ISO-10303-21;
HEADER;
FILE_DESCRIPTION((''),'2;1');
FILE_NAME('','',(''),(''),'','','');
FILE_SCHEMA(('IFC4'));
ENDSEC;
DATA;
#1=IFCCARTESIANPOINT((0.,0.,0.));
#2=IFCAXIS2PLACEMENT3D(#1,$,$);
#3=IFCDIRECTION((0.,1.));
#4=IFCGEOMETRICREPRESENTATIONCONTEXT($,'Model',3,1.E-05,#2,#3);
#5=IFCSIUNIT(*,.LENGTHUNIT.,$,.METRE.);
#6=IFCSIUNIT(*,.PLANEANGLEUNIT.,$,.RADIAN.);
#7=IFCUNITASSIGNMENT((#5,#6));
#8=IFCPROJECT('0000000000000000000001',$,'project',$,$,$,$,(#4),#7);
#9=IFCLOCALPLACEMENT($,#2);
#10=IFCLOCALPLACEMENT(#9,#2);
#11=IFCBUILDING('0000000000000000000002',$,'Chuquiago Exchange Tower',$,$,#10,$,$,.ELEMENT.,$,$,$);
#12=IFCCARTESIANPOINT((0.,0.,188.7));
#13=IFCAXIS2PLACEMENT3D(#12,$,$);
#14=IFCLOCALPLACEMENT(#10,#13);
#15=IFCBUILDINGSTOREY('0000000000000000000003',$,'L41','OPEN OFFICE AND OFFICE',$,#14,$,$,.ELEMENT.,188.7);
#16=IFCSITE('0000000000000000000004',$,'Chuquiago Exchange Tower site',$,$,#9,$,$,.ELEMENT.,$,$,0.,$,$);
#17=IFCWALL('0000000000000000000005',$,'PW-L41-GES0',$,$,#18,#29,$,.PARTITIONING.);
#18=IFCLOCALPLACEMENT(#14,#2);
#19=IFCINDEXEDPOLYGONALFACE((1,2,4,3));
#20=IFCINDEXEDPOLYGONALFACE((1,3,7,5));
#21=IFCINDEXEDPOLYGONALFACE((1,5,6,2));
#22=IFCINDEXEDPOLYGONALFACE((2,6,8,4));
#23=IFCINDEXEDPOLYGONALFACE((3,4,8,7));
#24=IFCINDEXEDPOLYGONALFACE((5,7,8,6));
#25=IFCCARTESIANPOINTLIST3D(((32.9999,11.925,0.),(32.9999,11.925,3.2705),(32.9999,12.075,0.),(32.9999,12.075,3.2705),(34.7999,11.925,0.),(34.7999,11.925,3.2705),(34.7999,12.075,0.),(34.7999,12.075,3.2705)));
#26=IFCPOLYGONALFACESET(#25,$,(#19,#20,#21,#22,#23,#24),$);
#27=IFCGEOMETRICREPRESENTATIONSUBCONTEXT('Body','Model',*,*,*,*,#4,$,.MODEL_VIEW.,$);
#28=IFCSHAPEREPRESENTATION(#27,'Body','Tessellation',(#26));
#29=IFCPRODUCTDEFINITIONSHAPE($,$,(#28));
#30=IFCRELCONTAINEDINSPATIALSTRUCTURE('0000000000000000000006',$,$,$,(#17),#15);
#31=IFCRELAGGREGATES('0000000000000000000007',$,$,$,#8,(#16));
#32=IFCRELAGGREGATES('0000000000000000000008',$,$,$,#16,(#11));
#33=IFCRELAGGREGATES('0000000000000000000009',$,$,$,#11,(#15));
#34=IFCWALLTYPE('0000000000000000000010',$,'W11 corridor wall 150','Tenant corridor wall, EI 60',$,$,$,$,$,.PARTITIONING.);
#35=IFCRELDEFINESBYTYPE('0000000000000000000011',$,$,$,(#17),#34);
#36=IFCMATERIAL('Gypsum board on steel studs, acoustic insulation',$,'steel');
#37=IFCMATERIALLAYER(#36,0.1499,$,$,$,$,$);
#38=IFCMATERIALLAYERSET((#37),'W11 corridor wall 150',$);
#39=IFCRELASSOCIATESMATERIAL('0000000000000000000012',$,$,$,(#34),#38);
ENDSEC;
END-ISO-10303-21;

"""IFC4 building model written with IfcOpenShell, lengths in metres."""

from ifc_helpers import new_model, si_unit, direction, frame, frame_2d, origin, place, context, subcontext, project, spatial, rectangle, extrude, material, layer, layer_set, type_object, element, save


model = new_model("IFC4")

# Units and contexts
model_context = context("Model", 3, precision=1e-05, world=origin(), true_north=direction((0.0, 1.0)))
body_context = subcontext(model_context, "Body", "Model", "MODEL_VIEW")
ifc_project = project(units=[si_unit("LENGTHUNIT", "METRE"), si_unit("PLANEANGLEUNIT", "RADIAN")], contexts=[model_context])

# Site, building, storey
site_placement = place(None, origin())
site = spatial("IfcSite", under=ifc_project, at=site_placement, Name="Chuquiago Exchange Tower site", CompositionType="ELEMENT", RefElevation=0.0)
building_placement = place(site_placement, origin())
building = spatial("IfcBuilding", under=site, at=building_placement, Name="Chuquiago Exchange Tower", CompositionType="ELEMENT")
storey_placement = place(building_placement, frame((0.0, 0.0, 188.7)))
storey = spatial("IfcBuildingStorey", under=building, at=storey_placement, Name="L41", Description="OPEN OFFICE AND OFFICE", CompositionType="ELEMENT", Elevation=188.7)

# Shared definitions
ifc_material_1 = material(Name="Gypsum board on steel studs, acoustic insulation", Category="steel")
ifc_layer_1 = layer(ifc_material_1, 0.1499)
ifc_layer_set_1 = layer_set([ifc_layer_1], Name="W11 corridor wall 150")
wall_type = type_object("IfcWallType", Name="W11 corridor wall 150", Description="Tenant corridor wall, EI 60", PredefinedType="PARTITIONING", material=ifc_layer_set_1)

# Wall
wall_1_placement = place(storey_placement, frame((33.0, 12.0, 0.0), z_axis=(0.0, 0.0, 1.0), x_axis=(1.0, 0.0, 0.0)))
element("IfcWall", 1, at=wall_1_placement, inside=storey, type_object=wall_type, Name="PW-L41-GES0", PredefinedType="PARTITIONING", context=body_context, shape_type="SweptSolid", body=[
    extrude(rectangle(XDim=1.8, YDim=0.1499, at=frame_2d((0.8999, 0.0))), origin(), (0.0, 0.0, 1.0), 3.2705),
])

save(model, "model.ifc")
